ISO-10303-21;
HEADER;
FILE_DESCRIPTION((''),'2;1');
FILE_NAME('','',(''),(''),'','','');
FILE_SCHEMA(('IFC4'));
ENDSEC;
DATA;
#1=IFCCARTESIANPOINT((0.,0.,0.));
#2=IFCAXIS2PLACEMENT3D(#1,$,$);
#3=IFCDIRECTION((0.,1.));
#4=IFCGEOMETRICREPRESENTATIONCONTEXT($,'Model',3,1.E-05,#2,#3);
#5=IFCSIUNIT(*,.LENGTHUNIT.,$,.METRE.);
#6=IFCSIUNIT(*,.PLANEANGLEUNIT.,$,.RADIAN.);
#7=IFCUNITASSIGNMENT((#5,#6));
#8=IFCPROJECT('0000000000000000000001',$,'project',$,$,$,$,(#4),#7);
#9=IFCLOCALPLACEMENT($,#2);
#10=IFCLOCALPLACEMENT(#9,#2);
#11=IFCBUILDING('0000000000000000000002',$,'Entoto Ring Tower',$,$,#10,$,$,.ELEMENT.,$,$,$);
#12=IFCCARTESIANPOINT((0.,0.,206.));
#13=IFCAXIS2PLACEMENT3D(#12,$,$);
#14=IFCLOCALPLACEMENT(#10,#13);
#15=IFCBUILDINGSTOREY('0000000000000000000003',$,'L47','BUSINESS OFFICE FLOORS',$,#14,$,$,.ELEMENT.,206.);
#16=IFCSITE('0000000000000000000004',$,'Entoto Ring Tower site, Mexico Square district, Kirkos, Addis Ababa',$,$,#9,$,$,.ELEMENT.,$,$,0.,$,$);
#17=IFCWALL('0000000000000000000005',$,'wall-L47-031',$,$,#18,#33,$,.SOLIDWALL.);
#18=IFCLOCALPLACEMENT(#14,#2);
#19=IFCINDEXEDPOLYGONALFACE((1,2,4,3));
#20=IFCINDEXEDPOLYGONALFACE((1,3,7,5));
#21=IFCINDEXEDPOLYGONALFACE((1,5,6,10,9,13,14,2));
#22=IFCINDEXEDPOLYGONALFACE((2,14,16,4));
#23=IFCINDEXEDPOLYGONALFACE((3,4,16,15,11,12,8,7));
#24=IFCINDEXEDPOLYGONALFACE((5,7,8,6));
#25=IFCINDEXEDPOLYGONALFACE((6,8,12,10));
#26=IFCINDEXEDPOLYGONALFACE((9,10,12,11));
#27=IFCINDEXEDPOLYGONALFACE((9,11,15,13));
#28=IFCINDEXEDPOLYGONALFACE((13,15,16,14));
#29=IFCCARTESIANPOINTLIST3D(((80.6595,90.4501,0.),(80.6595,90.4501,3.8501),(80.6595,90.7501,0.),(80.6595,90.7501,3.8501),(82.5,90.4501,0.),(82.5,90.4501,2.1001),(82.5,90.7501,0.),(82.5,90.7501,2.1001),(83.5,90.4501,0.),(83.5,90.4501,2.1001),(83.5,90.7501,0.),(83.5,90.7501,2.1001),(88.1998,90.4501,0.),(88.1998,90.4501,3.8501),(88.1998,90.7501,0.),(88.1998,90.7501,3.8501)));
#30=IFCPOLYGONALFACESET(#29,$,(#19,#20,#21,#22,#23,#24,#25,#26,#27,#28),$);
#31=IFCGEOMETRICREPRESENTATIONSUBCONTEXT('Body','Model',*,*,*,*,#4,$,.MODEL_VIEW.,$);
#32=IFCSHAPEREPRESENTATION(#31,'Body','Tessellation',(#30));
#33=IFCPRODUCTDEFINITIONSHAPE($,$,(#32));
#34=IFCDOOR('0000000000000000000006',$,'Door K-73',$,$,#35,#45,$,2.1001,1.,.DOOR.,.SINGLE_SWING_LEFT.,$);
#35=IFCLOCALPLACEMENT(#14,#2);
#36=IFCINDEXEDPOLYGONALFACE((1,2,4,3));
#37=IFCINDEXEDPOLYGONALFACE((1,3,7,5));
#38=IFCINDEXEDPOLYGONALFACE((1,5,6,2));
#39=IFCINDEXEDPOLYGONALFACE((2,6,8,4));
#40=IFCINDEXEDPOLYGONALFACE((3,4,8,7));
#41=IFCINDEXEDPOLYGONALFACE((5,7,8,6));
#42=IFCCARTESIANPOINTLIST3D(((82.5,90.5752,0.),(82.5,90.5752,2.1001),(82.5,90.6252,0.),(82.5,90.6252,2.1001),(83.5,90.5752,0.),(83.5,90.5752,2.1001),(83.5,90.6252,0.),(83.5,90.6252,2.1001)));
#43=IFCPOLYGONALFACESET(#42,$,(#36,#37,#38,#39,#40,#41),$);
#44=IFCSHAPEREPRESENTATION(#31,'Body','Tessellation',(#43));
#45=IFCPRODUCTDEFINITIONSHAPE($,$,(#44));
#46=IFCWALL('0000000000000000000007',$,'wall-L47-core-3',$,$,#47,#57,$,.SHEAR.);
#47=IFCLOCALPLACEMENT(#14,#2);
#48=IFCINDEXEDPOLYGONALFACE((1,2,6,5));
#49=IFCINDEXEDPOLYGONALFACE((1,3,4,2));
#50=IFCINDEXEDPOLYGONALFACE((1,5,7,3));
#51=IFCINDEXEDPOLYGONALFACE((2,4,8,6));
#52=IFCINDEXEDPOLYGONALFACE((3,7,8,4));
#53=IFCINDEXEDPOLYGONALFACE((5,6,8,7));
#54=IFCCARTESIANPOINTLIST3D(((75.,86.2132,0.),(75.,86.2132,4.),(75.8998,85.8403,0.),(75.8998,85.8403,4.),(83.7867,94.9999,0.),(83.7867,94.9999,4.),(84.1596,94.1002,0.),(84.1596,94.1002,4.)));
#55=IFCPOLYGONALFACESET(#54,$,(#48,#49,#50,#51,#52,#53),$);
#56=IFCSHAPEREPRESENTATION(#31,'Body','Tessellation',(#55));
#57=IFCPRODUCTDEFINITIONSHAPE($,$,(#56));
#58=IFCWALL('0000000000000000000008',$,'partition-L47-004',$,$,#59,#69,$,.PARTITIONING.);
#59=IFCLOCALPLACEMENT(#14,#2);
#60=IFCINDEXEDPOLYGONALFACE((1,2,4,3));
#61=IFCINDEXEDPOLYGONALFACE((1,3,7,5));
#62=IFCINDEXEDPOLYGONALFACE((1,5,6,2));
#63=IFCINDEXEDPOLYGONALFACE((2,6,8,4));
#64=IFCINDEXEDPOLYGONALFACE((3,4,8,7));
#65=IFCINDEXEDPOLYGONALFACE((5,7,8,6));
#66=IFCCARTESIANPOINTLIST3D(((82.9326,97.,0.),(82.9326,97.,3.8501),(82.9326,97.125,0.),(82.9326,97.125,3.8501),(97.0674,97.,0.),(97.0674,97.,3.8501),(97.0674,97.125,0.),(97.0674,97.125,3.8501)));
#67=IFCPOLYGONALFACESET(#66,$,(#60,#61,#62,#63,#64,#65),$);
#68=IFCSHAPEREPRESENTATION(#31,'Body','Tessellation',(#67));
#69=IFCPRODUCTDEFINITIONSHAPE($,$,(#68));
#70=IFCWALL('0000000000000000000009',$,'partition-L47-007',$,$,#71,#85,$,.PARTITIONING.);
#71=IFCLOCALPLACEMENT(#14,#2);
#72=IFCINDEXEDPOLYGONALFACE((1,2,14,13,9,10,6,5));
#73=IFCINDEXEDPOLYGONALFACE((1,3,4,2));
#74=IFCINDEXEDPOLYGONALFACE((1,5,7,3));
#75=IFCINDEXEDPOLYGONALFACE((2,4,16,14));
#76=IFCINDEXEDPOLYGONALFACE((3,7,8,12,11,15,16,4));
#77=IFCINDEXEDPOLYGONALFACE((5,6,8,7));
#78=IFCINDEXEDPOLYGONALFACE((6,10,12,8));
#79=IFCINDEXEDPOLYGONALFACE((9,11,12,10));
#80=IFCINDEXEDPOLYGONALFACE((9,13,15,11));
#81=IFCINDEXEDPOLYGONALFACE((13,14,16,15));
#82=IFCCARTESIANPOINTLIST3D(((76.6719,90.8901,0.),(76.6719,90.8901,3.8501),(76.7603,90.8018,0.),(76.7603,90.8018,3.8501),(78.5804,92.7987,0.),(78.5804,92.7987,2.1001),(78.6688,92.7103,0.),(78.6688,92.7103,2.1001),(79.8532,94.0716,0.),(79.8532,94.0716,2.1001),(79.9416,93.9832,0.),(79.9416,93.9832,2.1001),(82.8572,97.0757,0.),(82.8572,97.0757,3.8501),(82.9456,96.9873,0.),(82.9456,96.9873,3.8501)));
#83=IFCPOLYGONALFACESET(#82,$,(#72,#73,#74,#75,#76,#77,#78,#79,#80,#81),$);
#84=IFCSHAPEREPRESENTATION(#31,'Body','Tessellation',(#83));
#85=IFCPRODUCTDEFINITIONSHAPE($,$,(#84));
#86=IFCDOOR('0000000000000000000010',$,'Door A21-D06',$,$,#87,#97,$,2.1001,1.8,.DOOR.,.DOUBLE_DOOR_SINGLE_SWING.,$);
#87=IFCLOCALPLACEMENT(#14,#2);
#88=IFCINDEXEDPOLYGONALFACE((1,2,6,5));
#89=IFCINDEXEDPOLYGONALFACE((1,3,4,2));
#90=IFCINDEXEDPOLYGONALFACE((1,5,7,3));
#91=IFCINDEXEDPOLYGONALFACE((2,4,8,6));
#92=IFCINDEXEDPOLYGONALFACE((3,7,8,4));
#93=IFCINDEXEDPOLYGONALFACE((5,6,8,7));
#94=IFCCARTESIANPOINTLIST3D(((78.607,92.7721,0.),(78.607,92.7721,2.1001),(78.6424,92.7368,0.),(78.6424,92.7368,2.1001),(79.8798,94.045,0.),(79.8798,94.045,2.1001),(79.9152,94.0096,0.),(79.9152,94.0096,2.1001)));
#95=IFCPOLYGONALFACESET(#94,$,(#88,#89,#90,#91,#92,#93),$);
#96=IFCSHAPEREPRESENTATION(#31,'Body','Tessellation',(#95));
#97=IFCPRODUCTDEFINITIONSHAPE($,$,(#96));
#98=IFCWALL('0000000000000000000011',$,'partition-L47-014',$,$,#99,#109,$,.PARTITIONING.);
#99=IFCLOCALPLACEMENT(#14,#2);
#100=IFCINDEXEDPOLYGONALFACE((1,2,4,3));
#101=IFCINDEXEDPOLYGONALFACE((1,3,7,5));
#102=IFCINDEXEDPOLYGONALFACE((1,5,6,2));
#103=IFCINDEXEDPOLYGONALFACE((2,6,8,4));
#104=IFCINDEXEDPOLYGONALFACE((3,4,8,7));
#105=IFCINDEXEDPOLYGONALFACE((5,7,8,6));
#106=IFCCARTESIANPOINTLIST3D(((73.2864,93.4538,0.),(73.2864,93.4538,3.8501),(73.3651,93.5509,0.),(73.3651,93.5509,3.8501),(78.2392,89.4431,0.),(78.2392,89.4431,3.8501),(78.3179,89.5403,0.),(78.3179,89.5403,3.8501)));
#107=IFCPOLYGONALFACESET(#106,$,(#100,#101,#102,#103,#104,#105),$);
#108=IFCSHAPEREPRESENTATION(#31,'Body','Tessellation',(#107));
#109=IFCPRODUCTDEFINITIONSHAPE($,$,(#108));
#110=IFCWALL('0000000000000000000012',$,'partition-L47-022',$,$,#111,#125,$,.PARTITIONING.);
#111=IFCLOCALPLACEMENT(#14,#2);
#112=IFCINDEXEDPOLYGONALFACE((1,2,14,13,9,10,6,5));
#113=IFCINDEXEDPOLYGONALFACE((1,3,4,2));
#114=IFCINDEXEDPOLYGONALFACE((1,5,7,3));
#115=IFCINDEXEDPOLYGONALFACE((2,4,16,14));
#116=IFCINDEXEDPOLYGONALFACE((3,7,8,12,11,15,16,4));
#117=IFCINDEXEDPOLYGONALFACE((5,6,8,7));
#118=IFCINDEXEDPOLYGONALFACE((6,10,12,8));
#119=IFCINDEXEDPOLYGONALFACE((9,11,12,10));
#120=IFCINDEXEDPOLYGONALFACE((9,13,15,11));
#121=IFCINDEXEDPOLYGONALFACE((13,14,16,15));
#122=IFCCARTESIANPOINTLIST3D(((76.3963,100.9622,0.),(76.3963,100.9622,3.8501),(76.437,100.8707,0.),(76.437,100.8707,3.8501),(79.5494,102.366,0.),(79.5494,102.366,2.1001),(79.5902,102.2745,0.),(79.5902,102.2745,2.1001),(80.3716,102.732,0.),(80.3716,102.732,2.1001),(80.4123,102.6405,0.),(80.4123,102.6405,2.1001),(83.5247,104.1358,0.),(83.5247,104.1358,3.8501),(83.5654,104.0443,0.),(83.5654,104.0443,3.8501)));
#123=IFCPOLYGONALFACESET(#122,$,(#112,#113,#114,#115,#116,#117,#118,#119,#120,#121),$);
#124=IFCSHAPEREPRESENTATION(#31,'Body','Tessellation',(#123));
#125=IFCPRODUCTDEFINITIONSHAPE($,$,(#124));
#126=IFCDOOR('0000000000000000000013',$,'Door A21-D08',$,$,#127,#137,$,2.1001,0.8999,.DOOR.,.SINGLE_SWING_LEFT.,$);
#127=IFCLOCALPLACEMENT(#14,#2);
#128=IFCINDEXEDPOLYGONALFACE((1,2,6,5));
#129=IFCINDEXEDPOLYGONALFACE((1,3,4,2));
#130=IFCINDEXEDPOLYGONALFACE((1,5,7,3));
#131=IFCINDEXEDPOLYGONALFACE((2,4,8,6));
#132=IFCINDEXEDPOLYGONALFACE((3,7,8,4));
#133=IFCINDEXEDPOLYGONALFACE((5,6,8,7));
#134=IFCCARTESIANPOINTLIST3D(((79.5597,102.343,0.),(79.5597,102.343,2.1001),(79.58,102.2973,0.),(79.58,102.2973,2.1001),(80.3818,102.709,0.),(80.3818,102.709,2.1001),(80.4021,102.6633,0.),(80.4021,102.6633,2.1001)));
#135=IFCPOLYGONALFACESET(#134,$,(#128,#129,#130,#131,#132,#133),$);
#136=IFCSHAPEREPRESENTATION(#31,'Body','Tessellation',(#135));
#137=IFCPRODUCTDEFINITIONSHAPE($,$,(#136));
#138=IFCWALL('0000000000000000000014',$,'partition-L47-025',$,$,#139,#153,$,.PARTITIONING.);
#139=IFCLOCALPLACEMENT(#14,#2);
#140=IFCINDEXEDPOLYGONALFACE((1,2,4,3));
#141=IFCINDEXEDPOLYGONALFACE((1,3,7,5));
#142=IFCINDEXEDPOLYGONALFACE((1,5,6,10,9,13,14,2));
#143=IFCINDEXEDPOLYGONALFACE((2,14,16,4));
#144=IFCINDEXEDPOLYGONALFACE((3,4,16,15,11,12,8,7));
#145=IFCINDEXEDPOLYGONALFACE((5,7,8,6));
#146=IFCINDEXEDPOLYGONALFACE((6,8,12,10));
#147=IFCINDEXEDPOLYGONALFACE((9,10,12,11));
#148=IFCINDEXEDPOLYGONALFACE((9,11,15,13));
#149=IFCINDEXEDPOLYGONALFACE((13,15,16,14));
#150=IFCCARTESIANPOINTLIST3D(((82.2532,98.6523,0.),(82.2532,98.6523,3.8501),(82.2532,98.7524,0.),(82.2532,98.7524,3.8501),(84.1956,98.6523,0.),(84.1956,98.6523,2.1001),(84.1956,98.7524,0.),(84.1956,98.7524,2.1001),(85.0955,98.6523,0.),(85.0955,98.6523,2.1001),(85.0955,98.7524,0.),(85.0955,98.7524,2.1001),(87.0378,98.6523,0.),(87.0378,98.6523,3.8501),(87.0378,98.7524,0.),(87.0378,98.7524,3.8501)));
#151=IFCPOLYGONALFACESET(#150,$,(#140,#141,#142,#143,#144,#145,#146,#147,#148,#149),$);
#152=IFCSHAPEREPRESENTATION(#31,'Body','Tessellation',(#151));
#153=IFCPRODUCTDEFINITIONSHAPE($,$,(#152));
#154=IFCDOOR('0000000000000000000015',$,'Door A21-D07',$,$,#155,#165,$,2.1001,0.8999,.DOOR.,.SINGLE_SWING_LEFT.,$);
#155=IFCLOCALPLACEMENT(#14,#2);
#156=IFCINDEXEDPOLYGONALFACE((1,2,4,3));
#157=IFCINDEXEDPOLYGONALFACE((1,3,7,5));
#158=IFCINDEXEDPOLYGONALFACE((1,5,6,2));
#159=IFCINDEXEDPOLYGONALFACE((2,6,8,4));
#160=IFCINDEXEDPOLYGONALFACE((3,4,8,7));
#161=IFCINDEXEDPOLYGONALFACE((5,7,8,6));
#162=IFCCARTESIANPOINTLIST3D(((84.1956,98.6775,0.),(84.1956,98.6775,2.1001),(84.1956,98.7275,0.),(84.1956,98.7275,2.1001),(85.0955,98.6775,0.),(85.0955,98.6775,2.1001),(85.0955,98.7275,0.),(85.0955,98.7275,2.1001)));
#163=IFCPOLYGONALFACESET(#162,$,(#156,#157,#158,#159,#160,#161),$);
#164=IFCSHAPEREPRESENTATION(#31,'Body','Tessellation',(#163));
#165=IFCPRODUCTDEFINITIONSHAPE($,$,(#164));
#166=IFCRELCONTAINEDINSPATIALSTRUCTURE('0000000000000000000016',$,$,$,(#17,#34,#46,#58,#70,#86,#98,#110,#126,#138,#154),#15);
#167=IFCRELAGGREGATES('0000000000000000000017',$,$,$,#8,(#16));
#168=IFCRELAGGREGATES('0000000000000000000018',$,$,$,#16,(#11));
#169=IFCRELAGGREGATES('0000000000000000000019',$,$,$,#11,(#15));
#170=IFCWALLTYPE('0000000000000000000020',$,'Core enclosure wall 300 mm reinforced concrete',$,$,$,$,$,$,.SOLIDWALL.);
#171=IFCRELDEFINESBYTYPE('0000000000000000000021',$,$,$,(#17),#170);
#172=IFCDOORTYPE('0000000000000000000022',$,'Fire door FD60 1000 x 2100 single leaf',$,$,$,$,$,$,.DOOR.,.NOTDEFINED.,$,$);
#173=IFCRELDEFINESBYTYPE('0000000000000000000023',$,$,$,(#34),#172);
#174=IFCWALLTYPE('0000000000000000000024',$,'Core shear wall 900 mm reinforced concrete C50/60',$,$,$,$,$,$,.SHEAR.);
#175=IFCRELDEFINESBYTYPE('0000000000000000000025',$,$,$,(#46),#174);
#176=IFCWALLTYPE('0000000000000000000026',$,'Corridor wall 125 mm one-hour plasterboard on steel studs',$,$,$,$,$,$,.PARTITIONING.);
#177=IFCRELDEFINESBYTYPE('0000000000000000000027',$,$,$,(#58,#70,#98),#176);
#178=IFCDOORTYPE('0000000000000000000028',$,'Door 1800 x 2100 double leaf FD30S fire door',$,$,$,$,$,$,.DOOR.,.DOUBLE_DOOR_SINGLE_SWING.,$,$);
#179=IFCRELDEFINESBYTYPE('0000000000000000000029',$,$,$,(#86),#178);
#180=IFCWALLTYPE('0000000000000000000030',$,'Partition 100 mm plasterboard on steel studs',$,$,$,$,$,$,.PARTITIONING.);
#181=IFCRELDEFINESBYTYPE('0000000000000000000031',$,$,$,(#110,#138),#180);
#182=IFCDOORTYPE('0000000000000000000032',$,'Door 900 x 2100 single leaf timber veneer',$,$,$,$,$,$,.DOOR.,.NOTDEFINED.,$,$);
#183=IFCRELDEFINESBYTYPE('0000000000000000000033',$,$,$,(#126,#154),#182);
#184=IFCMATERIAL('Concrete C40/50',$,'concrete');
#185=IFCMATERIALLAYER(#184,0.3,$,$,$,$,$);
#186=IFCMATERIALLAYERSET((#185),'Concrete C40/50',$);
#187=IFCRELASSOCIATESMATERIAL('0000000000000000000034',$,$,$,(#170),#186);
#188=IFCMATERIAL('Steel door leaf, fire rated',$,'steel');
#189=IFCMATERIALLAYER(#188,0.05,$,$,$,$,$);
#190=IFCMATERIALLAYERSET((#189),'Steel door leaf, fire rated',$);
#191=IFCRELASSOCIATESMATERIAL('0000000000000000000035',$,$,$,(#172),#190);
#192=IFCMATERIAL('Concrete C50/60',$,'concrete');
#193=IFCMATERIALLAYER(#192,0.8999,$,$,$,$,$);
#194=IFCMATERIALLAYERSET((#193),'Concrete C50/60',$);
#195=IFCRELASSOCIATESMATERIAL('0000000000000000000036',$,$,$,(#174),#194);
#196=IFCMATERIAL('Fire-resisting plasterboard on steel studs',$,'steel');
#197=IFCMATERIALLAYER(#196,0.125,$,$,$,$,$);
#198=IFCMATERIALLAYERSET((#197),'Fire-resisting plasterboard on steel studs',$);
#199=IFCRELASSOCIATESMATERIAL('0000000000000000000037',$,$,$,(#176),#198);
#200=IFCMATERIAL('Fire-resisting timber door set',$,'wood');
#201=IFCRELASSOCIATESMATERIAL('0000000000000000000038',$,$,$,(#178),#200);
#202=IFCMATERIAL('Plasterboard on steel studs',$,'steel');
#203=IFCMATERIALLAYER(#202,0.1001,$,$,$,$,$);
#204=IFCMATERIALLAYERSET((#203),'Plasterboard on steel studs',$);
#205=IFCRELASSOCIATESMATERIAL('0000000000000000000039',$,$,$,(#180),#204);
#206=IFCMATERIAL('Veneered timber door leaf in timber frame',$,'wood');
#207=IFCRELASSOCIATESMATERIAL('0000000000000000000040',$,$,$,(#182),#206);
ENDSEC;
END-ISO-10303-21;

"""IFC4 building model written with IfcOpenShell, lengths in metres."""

from ifc_helpers import new_model, si_unit, direction, frame, frame_2d, origin, place, context, subcontext, project, spatial, polyline, rectangle, outline, extrude, material, layer, layer_set, type_object, element, fill, save


model = new_model("IFC4")

# Units and contexts
model_context = context("Model", 3, precision=1e-05, world=origin(), true_north=direction((0.0, 1.0)))
body_context = subcontext(model_context, "Body", "Model", "MODEL_VIEW")
ifc_project = project(units=[si_unit("LENGTHUNIT", "METRE"), si_unit("PLANEANGLEUNIT", "RADIAN")], contexts=[model_context])

# Site, building, storey
site_placement = place(None, origin())
site = spatial("IfcSite", under=ifc_project, at=site_placement, Name="Entoto Ring Tower site, Mexico Square district, Kirkos, Addis Ababa", CompositionType="ELEMENT", RefElevation=0.0)
building_placement = place(site_placement, origin())
building = spatial("IfcBuilding", under=site, at=building_placement, Name="Entoto Ring Tower", CompositionType="ELEMENT")
storey_placement = place(building_placement, frame((0.0, 0.0, 206.0)))
storey = spatial("IfcBuildingStorey", under=building, at=storey_placement, Name="L47", Description="BUSINESS OFFICE FLOORS", CompositionType="ELEMENT", Elevation=206.0)

# Wall, opening, door
ifc_material_1 = material(Name="Concrete C40/50", Category="concrete")
ifc_layer_1 = layer(ifc_material_1, 0.3)
ifc_layer_set_1 = layer_set([ifc_layer_1], Name="Concrete C40/50")
wall_type_1 = type_object("IfcWallType", Name="Core enclosure wall 300 mm reinforced concrete", PredefinedType="SOLIDWALL", material=ifc_layer_set_1)
wall_1_placement = place(storey_placement, frame((80.6597, 90.6001, 0.0), z_axis=(0.0, 0.0, 1.0), x_axis=(1.0, 0.0, 0.0)))
wall_1 = element("IfcWall", 1, at=wall_1_placement, inside=storey, type_object=wall_type_1, Name="wall-L47-031", PredefinedType="SOLIDWALL", context=body_context, shape_type="SweptSolid", body=[
    extrude(rectangle(XDim=7.5403, YDim=0.3, at=frame_2d((3.77, 0.0))), origin(), (0.0, 0.0, 1.0), 3.8501),
])
opening_1_placement = place(wall_1_placement, frame((1.8403, 0.0, 0.0)))
opening_1 = element("IfcOpeningElement", 2, at=opening_1_placement, cuts=wall_1, PredefinedType="OPENING", context=body_context, shape_type="SweptSolid", body=[
    extrude(rectangle(XDim=1.0, YDim=2.1001, at=frame_2d((0.5, 1.05))), frame((0.0, 0.1602, 0.0), z_axis=(0.0, -1.0, 0.0), x_axis=(1.0, 0.0, 0.0)), (0.0, 0.0, 1.0), 0.3201),
])
ifc_material_2 = material(Name="Steel door leaf, fire rated", Category="steel")
ifc_layer_2 = layer(ifc_material_2, 0.05)
ifc_layer_set_2 = layer_set([ifc_layer_2], Name="Steel door leaf, fire rated")
door_type_1 = type_object("IfcDoorType", Name="Fire door FD60 1000 x 2100 single leaf", OperationType="NOTDEFINED", PredefinedType="DOOR", material=ifc_layer_set_2)
door_1_placement = place(opening_1_placement, frame((1.0, 0.0, 0.0), z_axis=(0.0, 0.0, 1.0), x_axis=(-1.0, 0.0, 0.0)))
door_1 = element("IfcDoor", 3, at=door_1_placement, inside=storey, type_object=door_type_1, Name="Door K-73", OperationType="SINGLE_SWING_LEFT", OverallHeight=2.1001, OverallWidth=1.0, PredefinedType="DOOR", context=body_context, shape_type="SweptSolid", body=[
    extrude(rectangle(XDim=1.0, YDim=2.1001, at=frame_2d((0.5, 1.05))), frame((0.0, 0.0249, 0.0), z_axis=(0.0, -1.0, 0.0), x_axis=(1.0, 0.0, 0.0)), (0.0, 0.0, 1.0), 0.05),
])
fill(opening_1, door_1)

# Walls
ifc_material_3 = material(Name="Concrete C50/60", Category="concrete")
ifc_layer_3 = layer(ifc_material_3, 0.8999)
ifc_layer_set_3 = layer_set([ifc_layer_3], Name="Concrete C50/60")
wall_type_2 = type_object("IfcWallType", Name="Core shear wall 900 mm reinforced concrete C50/60", PredefinedType="SHEAR", material=ifc_layer_set_3)
wall_2_placement = place(storey_placement, frame((83.9731, 94.55, 0.0), z_axis=(0.0, 0.0, 1.0), x_axis=(-0.707107, -0.707107, 0.0)))
element("IfcWall", 4, at=wall_2_placement, inside=storey, type_object=wall_type_2, Name="wall-L47-core-3", PredefinedType="SHEAR", context=body_context, shape_type="SweptSolid", body=[
    extrude(outline(polyline([(-0.1863, -0.45), (12.24, -0.45), (11.8674, 0.45), (0.1863, 0.45), (-0.1863, -0.45)])), origin(), (0.0, 0.0, 1.0), 4.0),
])
ifc_material_4 = material(Name="Fire-resisting plasterboard on steel studs", Category="steel")
ifc_layer_4 = layer(ifc_material_4, 0.125)
ifc_layer_set_4 = layer_set([ifc_layer_4], Name="Fire-resisting plasterboard on steel studs")
wall_type_3 = type_object("IfcWallType", Name="Corridor wall 125 mm one-hour plasterboard on steel studs", PredefinedType="PARTITIONING", material=ifc_layer_set_4)
wall_3_placement = place(storey_placement, frame((82.9326, 97.0625, 0.0), z_axis=(0.0, 0.0, 1.0), x_axis=(1.0, 0.0, 0.0)))
element("IfcWall", 5, at=wall_3_placement, inside=storey, type_object=wall_type_3, Name="partition-L47-004", PredefinedType="PARTITIONING", context=body_context, shape_type="SweptSolid", body=[
    extrude(rectangle(XDim=14.1348, YDim=0.125, at=frame_2d((7.0674, 0.0))), origin(), (0.0, 0.0, 1.0), 3.8501),
])

# Wall, opening, door
wall_4_placement = place(storey_placement, frame((76.7161, 90.8459, 0.0), z_axis=(0.0, 0.0, 1.0), x_axis=(0.707093, 0.707121, 0.0)))
wall_4 = element("IfcWall", 6, at=wall_4_placement, inside=storey, type_object=wall_type_3, Name="partition-L47-007", PredefinedType="PARTITIONING", context=body_context, shape_type="SweptSolid", body=[
    extrude(rectangle(XDim=8.7476, YDim=0.125, at=frame_2d((4.3738, 0.0))), origin(), (0.0, 0.0, 1.0), 3.8501),
])
opening_2_placement = place(wall_4_placement, frame((2.6992, 0.0, 0.0)))
opening_2 = element("IfcOpeningElement", 7, at=opening_2_placement, cuts=wall_4, PredefinedType="OPENING", context=body_context, shape_type="SweptSolid", body=[
    extrude(rectangle(XDim=1.8, YDim=2.1001, at=frame_2d((0.8999, 1.05))), frame((0.0, 0.0725, 0.0), z_axis=(0.0, -1.0, 0.0), x_axis=(1.0, 0.0, 0.0)), (0.0, 0.0, 1.0), 0.145),
])
ifc_material_5 = material(Name="Fire-resisting timber door set", Category="wood")
door_type_2 = type_object("IfcDoorType", Name="Door 1800 x 2100 double leaf FD30S fire door", OperationType="DOUBLE_DOOR_SINGLE_SWING", PredefinedType="DOOR", material=ifc_material_5)
door_2_placement = place(opening_2_placement, origin())
door_2 = element("IfcDoor", 8, at=door_2_placement, inside=storey, type_object=door_type_2, Name="Door A21-D06", OperationType="DOUBLE_DOOR_SINGLE_SWING", OverallHeight=2.1001, OverallWidth=1.8, PredefinedType="DOOR", context=body_context, shape_type="SweptSolid", body=[
    extrude(rectangle(XDim=1.8, YDim=2.1001, at=frame_2d((0.8999, 1.05))), frame((0.0, 0.0249, 0.0), z_axis=(0.0, -1.0, 0.0), x_axis=(1.0, 0.0, 0.0)), (0.0, 0.0, 1.0), 0.05),
])
fill(opening_2, door_2)

# Wall
wall_5_placement = place(storey_placement, frame((78.2786, 89.4917, 0.0), z_axis=(0.0, 0.0, 1.0), x_axis=(-0.777148, 0.629318, 0.0)))
element("IfcWall", 9, at=wall_5_placement, inside=storey, type_object=wall_type_3, Name="partition-L47-014", PredefinedType="PARTITIONING", context=body_context, shape_type="SweptSolid", body=[
    extrude(rectangle(XDim=6.373, YDim=0.125, at=frame_2d((3.1865, 0.0))), origin(), (0.0, 0.0, 1.0), 3.8501),
])

# Walls, openings, doors
ifc_material_6 = material(Name="Plasterboard on steel studs", Category="steel")
ifc_layer_5 = layer(ifc_material_6, 0.1001)
ifc_layer_set_5 = layer_set([ifc_layer_5], Name="Plasterboard on steel studs")
wall_type_4 = type_object("IfcWallType", Name="Partition 100 mm plasterboard on steel studs", PredefinedType="PARTITIONING", material=ifc_layer_set_5)
wall_6_placement = place(storey_placement, frame((76.4167, 100.9165, 0.0), z_axis=(0.0, 0.0, 1.0), x_axis=(0.913555, 0.406716, 0.0)))
wall_6 = element("IfcWall", 10, at=wall_6_placement, inside=storey, type_object=wall_type_4, Name="partition-L47-022", PredefinedType="PARTITIONING", context=body_context, shape_type="SweptSolid", body=[
    extrude(rectangle(XDim=7.803, YDim=0.1001, at=frame_2d((3.9014, 0.0))), origin(), (0.0, 0.0, 1.0), 3.8501),
])
opening_3_placement = place(wall_6_placement, frame((3.4514, 0.0, 0.0)))
opening_3 = element("IfcOpeningElement", 11, at=opening_3_placement, cuts=wall_6, PredefinedType="OPENING", context=body_context, shape_type="SweptSolid", body=[
    extrude(rectangle(XDim=0.8999, YDim=2.1001, at=frame_2d((0.45, 1.05))), frame((0.0, 0.0601, 0.0), z_axis=(0.0, -1.0, 0.0), x_axis=(1.0, 0.0, 0.0)), (0.0, 0.0, 1.0), 0.1201),
])
ifc_material_7 = material(Name="Veneered timber door leaf in timber frame", Category="wood")
door_type_3 = type_object("IfcDoorType", Name="Door 900 x 2100 single leaf timber veneer", OperationType="NOTDEFINED", PredefinedType="DOOR", material=ifc_material_7)
door_3_placement = place(opening_3_placement, origin())
door_3 = element("IfcDoor", 12, at=door_3_placement, inside=storey, type_object=door_type_3, Name="Door A21-D08", OperationType="SINGLE_SWING_LEFT", OverallHeight=2.1001, OverallWidth=0.8999, PredefinedType="DOOR", context=body_context, shape_type="SweptSolid", body=[
    extrude(rectangle(XDim=0.8999, YDim=2.1001, at=frame_2d((0.45, 1.05))), frame((0.0, 0.0249, 0.0), z_axis=(0.0, -1.0, 0.0), x_axis=(1.0, 0.0, 0.0)), (0.0, 0.0, 1.0), 0.05),
])
fill(opening_3, door_3)
wall_7_placement = place(storey_placement, frame((82.2532, 98.7024, 0.0), z_axis=(0.0, 0.0, 1.0), x_axis=(1.0, 0.0, 0.0)))
wall_7 = element("IfcWall", 13, at=wall_7_placement, inside=storey, type_object=wall_type_4, Name="partition-L47-025", PredefinedType="PARTITIONING", context=body_context, shape_type="SweptSolid", body=[
    extrude(rectangle(XDim=4.7847, YDim=0.1001, at=frame_2d((2.3923, 0.0))), origin(), (0.0, 0.0, 1.0), 3.8501),
])
opening_4_placement = place(wall_7_placement, frame((1.9424, 0.0, 0.0)))
opening_4 = element("IfcOpeningElement", 14, at=opening_4_placement, cuts=wall_7, PredefinedType="OPENING", context=body_context, shape_type="SweptSolid", body=[
    extrude(rectangle(XDim=0.8999, YDim=2.1001, at=frame_2d((0.45, 1.05))), frame((0.0, 0.0601, 0.0), z_axis=(0.0, -1.0, 0.0), x_axis=(1.0, 0.0, 0.0)), (0.0, 0.0, 1.0), 0.1201),
])
door_4_placement = place(opening_4_placement, frame((0.8999, 0.0, 0.0), z_axis=(0.0, 0.0, 1.0), x_axis=(-1.0, 0.0, 0.0)))
door_4 = element("IfcDoor", 15, at=door_4_placement, inside=storey, type_object=door_type_3, Name="Door A21-D07", OperationType="SINGLE_SWING_LEFT", OverallHeight=2.1001, OverallWidth=0.8999, PredefinedType="DOOR", context=body_context, shape_type="SweptSolid", body=[
    extrude(rectangle(XDim=0.8999, YDim=2.1001, at=frame_2d((0.45, 1.05))), frame((0.0, 0.0249, 0.0), z_axis=(0.0, -1.0, 0.0), x_axis=(1.0, 0.0, 0.0)), (0.0, 0.0, 1.0), 0.05),
])
fill(opening_4, door_4)

save(model, "model.ifc")
